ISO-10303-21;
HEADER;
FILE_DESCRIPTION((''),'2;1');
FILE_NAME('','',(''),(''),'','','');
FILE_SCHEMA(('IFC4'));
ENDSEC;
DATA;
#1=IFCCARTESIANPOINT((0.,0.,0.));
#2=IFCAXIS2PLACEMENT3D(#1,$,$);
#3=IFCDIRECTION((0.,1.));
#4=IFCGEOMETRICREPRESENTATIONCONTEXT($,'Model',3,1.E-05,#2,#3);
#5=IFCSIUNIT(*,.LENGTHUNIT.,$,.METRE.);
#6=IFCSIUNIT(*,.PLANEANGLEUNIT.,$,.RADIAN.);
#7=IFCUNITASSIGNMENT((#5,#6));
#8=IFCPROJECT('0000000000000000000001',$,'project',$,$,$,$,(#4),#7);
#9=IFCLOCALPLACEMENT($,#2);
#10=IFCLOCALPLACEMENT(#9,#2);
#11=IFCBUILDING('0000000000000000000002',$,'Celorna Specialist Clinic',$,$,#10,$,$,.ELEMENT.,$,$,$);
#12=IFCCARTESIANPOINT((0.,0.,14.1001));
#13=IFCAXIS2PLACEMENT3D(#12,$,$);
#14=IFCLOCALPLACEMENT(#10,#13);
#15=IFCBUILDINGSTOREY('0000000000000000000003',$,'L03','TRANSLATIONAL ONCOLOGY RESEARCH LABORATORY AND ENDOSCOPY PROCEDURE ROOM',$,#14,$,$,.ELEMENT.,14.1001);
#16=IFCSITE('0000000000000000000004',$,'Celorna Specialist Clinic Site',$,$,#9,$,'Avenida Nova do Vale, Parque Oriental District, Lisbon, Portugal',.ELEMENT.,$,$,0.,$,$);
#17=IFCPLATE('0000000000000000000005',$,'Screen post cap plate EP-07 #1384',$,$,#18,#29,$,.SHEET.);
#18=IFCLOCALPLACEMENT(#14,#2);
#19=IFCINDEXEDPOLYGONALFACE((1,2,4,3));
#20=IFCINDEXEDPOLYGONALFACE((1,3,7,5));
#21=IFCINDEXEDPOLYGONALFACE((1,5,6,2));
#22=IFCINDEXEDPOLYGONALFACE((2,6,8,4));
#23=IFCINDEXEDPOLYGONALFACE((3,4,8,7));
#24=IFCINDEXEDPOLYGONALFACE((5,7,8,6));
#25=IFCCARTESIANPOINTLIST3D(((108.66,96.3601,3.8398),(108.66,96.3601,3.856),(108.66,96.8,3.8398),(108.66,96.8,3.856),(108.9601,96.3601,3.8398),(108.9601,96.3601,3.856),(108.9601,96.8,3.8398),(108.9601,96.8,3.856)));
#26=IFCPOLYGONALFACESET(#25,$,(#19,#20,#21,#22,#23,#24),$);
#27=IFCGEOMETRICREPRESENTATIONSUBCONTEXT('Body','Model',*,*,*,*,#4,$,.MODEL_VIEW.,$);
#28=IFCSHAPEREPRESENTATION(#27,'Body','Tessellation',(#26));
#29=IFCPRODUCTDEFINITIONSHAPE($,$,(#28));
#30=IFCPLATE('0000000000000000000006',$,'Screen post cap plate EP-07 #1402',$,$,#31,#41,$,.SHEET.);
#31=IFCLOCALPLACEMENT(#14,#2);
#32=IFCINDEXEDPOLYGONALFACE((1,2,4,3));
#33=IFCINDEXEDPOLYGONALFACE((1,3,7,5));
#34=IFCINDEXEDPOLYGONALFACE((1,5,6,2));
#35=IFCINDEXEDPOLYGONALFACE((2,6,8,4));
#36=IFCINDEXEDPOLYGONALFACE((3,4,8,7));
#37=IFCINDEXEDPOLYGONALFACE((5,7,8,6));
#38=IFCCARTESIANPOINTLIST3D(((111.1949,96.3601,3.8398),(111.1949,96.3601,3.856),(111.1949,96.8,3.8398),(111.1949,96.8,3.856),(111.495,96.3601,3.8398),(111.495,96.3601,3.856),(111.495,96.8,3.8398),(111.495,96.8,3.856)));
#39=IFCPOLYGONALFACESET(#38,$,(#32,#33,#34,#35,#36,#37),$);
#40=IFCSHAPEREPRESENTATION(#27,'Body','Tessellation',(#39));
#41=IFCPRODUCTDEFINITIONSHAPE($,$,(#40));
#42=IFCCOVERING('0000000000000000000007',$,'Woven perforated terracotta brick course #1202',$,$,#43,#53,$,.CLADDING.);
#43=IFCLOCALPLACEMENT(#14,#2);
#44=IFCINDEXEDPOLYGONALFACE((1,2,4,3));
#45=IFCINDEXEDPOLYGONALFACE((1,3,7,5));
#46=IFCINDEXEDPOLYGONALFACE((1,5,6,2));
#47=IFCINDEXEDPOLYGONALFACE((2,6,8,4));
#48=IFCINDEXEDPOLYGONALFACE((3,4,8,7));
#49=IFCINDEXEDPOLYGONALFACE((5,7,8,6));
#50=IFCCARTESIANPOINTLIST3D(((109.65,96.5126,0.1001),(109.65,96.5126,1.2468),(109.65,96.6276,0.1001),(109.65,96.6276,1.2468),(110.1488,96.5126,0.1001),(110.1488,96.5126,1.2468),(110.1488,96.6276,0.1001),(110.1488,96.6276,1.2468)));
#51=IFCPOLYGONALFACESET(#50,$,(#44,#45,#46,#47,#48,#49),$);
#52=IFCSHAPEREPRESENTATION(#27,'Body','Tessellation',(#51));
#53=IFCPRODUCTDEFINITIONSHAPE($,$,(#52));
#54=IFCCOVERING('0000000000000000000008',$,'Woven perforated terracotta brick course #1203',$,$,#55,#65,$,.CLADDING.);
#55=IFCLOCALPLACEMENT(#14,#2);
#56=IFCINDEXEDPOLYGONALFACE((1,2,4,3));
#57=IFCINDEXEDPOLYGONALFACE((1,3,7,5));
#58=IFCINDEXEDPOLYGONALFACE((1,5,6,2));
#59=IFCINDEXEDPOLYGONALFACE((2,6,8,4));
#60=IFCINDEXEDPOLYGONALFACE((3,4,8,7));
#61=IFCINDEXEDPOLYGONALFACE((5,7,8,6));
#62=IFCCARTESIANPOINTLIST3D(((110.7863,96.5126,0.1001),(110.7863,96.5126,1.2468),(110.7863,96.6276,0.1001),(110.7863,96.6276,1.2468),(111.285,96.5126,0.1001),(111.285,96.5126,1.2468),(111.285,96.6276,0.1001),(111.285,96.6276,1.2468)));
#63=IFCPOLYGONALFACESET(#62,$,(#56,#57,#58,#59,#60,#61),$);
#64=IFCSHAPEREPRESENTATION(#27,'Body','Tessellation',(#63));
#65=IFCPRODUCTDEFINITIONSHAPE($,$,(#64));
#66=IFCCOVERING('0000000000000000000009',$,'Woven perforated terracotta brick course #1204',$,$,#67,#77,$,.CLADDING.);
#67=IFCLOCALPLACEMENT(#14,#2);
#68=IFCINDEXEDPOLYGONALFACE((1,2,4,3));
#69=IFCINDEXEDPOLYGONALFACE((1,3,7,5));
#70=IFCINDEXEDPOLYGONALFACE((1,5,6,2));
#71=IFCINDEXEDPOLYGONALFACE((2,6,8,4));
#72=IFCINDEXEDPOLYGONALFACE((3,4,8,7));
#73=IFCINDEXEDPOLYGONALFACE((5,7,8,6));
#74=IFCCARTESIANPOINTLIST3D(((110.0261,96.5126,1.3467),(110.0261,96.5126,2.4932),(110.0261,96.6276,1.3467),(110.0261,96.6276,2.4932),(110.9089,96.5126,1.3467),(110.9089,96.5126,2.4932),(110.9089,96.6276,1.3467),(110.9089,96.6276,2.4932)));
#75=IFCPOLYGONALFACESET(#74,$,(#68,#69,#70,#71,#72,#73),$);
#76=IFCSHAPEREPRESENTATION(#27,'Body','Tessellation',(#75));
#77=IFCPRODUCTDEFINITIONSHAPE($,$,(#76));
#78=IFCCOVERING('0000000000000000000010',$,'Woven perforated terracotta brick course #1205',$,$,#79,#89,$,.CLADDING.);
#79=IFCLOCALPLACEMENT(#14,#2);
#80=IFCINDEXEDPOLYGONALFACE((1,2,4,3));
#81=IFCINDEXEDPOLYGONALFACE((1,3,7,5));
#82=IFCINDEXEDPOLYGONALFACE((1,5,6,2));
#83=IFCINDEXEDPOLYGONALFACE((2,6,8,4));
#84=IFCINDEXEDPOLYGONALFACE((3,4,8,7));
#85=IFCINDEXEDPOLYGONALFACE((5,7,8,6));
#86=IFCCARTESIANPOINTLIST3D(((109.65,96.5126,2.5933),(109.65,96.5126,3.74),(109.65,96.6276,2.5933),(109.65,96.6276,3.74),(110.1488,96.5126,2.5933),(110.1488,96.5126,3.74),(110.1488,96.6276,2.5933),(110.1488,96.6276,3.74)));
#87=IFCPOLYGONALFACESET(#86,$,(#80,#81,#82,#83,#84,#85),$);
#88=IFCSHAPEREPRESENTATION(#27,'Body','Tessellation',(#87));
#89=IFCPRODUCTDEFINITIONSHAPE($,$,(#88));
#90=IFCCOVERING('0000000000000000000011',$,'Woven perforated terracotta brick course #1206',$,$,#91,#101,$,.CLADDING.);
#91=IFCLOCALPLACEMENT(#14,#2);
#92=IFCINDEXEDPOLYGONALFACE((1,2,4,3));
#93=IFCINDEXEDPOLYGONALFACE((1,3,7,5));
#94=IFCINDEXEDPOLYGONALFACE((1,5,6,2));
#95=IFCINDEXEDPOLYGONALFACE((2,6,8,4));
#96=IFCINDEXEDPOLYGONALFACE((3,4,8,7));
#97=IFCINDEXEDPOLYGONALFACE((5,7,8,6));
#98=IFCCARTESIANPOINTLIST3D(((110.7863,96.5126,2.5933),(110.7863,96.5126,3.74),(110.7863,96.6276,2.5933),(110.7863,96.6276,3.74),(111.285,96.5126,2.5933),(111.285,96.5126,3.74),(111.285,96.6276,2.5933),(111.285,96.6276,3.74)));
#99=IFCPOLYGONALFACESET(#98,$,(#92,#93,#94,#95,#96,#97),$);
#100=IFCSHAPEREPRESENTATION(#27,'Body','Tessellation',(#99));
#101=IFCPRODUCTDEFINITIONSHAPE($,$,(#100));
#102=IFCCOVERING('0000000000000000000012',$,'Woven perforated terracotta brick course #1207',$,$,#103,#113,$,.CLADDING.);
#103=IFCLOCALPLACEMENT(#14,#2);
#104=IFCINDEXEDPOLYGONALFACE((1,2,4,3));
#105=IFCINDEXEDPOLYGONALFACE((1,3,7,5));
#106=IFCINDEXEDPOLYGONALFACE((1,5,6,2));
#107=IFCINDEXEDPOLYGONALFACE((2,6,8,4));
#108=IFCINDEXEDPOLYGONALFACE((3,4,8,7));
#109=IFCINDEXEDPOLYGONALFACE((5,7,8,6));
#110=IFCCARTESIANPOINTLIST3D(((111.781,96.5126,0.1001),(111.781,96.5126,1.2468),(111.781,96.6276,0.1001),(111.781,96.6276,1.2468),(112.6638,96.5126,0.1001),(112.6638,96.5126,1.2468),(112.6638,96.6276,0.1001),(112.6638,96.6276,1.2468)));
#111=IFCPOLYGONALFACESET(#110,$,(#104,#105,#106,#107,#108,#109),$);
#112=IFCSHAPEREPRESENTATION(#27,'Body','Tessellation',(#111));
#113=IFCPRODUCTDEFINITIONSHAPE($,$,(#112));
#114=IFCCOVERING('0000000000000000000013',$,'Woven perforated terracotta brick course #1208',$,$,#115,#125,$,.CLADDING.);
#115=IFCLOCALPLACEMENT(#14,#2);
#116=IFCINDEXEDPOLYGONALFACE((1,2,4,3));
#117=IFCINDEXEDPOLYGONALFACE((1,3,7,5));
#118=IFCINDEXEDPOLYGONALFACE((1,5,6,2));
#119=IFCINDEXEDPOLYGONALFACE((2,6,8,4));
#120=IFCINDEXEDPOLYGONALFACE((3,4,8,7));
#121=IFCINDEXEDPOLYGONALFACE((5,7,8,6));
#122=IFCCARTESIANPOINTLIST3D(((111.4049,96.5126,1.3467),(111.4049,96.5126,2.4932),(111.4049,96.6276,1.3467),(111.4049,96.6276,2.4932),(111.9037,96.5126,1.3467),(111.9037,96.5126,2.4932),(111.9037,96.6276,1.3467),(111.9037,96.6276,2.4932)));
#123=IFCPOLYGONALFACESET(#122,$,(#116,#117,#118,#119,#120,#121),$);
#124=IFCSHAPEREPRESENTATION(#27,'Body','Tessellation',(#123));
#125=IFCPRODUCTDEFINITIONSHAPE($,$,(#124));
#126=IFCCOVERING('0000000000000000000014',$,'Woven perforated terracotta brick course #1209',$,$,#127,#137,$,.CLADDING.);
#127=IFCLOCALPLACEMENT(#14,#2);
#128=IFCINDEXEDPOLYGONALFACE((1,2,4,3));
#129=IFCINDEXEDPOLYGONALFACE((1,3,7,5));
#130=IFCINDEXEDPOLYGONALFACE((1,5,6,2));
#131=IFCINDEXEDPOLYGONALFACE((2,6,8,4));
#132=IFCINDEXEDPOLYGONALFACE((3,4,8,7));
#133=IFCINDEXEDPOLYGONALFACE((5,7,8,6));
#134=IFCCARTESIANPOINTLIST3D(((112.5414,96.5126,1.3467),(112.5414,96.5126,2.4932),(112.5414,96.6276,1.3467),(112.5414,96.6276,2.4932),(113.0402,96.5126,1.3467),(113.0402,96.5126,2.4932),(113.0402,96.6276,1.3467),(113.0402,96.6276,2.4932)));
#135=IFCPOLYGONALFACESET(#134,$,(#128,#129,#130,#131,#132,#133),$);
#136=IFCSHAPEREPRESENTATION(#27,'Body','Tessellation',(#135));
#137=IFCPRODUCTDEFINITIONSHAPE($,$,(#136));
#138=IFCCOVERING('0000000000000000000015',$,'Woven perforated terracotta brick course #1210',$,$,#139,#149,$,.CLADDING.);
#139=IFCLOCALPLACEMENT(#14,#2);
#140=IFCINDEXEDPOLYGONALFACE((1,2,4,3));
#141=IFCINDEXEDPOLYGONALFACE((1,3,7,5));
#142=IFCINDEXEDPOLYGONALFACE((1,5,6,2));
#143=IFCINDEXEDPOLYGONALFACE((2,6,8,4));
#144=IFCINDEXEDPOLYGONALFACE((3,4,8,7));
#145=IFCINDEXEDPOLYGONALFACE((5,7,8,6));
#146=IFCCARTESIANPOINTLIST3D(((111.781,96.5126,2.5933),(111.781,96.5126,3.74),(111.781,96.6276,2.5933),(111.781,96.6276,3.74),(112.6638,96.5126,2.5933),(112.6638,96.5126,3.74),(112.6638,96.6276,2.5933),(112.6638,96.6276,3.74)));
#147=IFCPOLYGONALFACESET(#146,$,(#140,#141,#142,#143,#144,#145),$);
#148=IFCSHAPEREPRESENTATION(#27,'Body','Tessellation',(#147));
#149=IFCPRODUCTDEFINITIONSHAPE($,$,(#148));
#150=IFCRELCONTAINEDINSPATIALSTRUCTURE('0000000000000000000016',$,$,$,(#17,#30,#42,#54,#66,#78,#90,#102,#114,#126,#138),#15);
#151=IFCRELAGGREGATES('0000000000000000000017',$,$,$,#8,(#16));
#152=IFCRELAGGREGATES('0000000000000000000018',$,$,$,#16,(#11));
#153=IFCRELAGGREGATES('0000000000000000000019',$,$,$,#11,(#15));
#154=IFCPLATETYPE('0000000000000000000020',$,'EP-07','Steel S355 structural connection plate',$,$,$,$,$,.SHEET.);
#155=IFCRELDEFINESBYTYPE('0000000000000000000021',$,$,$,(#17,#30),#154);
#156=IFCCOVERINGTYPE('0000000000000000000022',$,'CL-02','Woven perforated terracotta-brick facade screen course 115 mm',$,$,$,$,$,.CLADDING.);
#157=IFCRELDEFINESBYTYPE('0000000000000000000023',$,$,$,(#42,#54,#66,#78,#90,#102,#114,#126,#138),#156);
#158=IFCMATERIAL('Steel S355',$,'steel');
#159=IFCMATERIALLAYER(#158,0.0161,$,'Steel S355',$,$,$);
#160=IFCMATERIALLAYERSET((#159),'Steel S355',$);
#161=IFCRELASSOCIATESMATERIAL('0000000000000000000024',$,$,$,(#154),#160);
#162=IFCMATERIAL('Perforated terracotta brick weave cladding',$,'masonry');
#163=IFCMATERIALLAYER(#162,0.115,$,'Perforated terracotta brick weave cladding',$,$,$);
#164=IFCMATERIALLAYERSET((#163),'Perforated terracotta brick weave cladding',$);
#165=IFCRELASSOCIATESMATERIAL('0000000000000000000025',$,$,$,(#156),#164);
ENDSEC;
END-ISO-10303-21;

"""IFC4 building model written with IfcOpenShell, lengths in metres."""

from ifc_helpers import new_model, si_unit, direction, frame, origin, origin_2d, place, context, subcontext, project, spatial, rectangle, extrude, material, layer, layer_set, type_object, element, save


model = new_model("IFC4")

# Units and contexts
model_context = context("Model", 3, precision=1e-05, world=origin(), true_north=direction((0.0, 1.0)))
body_context = subcontext(model_context, "Body", "Model", "MODEL_VIEW")
ifc_project = project(units=[si_unit("LENGTHUNIT", "METRE"), si_unit("PLANEANGLEUNIT", "RADIAN")], contexts=[model_context])

# Site, building, storey
site_placement = place(None, origin())
site = spatial("IfcSite", under=ifc_project, at=site_placement, Name="Celorna Specialist Clinic Site", LongName="Avenida Nova do Vale, Parque Oriental District, Lisbon, Portugal", CompositionType="ELEMENT", RefElevation=0.0)
building_placement = place(site_placement, origin())
building = spatial("IfcBuilding", under=site, at=building_placement, Name="Celorna Specialist Clinic", CompositionType="ELEMENT")
storey_placement = place(building_placement, frame((0.0, 0.0, 14.1001)))
storey = spatial("IfcBuildingStorey", under=building, at=storey_placement, Name="L03", Description="TRANSLATIONAL ONCOLOGY RESEARCH LABORATORY AND ENDOSCOPY PROCEDURE ROOM", CompositionType="ELEMENT", Elevation=14.1001)

# Shared definitions
ifc_material_1 = material(Name="Steel S355", Category="steel")

# Plates
ifc_layer_1 = layer(ifc_material_1, 0.0161, Name="Steel S355")
ifc_layer_set_1 = layer_set([ifc_layer_1], Name="Steel S355")
plate_type_1 = type_object("IfcPlateType", Name="EP-07", Description="Steel S355 structural connection plate", PredefinedType="SHEET", material=ifc_layer_set_1)
for number, where, z_axis, x_axis, name in (
    (1, (108.8101, 96.5801, 3.8398), (0.0, 0.0, 1.0), (1.0, 0.0, 0.0), "Screen post cap plate EP-07 #1384"),
    (2, (111.345, 96.5801, 3.8398), (0.0, 0.0, 1.0), (1.0, 0.0, 0.0), "Screen post cap plate EP-07 #1402"),
):
    element("IfcPlate", number, at=place(storey_placement, frame(where, z_axis=z_axis, x_axis=x_axis)), inside=storey, type_object=plate_type_1, Name=name, PredefinedType="SHEET", context=body_context, shape_type="SweptSolid", body=[
        extrude(rectangle(XDim=0.3, YDim=0.4399, at=origin_2d()), origin(), (0.0, 0.0, 1.0), 0.0161),
    ])

# Coverings
ifc_material_2 = material(Name="Perforated terracotta brick weave cladding", Category="masonry")
ifc_layer_2 = layer(ifc_material_2, 0.115, Name="Perforated terracotta brick weave cladding")
ifc_layer_set_2 = layer_set([ifc_layer_2], Name="Perforated terracotta brick weave cladding")
covering_type = type_object("IfcCoveringType", Name="CL-02", Description="Woven perforated terracotta-brick facade screen course 115 mm", PredefinedType="CLADDING", material=ifc_layer_set_2)
for number, where, z_axis, x_axis, name in (
    (3, (109.8994, 96.5701, 0.1001), (0.0, 0.0, 1.0), (1.0, 0.0, 0.0), "Woven perforated terracotta brick course #1202"),
    (4, (111.0356, 96.5701, 0.1001), (0.0, 0.0, 1.0), (1.0, 0.0, 0.0), "Woven perforated terracotta brick course #1203"),
):
    element("IfcCovering", number, at=place(storey_placement, frame(where, z_axis=z_axis, x_axis=x_axis)), inside=storey, type_object=covering_type, Name=name, PredefinedType="CLADDING", context=body_context, shape_type="SweptSolid", body=[
        extrude(rectangle(XDim=0.4988, YDim=0.115, at=origin_2d()), origin(), (0.0, 0.0, 1.0), 1.1467),
    ])
covering_1_placement = place(storey_placement, frame((110.4675, 96.5701, 1.3467), z_axis=(0.0, 0.0, 1.0), x_axis=(1.0, 0.0, 0.0)))
element("IfcCovering", 5, at=covering_1_placement, inside=storey, type_object=covering_type, Name="Woven perforated terracotta brick course #1204", PredefinedType="CLADDING", context=body_context, shape_type="SweptSolid", body=[
    extrude(rectangle(XDim=0.8828, YDim=0.115, at=origin_2d()), origin(), (0.0, 0.0, 1.0), 1.1465),
])
for number, where, z_axis, x_axis, name in (
    (6, (109.8994, 96.5701, 2.5933), (0.0, 0.0, 1.0), (1.0, 0.0, 0.0), "Woven perforated terracotta brick course #1205"),
    (7, (111.0356, 96.5701, 2.5933), (0.0, 0.0, 1.0), (1.0, 0.0, 0.0), "Woven perforated terracotta brick course #1206"),
):
    element("IfcCovering", number, at=place(storey_placement, frame(where, z_axis=z_axis, x_axis=x_axis)), inside=storey, type_object=covering_type, Name=name, PredefinedType="CLADDING", context=body_context, shape_type="SweptSolid", body=[
        extrude(rectangle(XDim=0.4988, YDim=0.115, at=origin_2d()), origin(), (0.0, 0.0, 1.0), 1.1467),
    ])
covering_2_placement = place(storey_placement, frame((112.2224, 96.5701, 0.1001), z_axis=(0.0, 0.0, 1.0), x_axis=(1.0, 0.0, 0.0)))
element("IfcCovering", 8, at=covering_2_placement, inside=storey, type_object=covering_type, Name="Woven perforated terracotta brick course #1207", PredefinedType="CLADDING", context=body_context, shape_type="SweptSolid", body=[
    extrude(rectangle(XDim=0.8828, YDim=0.115, at=origin_2d()), origin(), (0.0, 0.0, 1.0), 1.1467),
])
for number, where, z_axis, x_axis, name in (
    (9, (111.6543, 96.5701, 1.3467), (0.0, 0.0, 1.0), (1.0, 0.0, 0.0), "Woven perforated terracotta brick course #1208"),
    (10, (112.7908, 96.5701, 1.3467), (0.0, 0.0, 1.0), (1.0, 0.0, 0.0), "Woven perforated terracotta brick course #1209"),
):
    element("IfcCovering", number, at=place(storey_placement, frame(where, z_axis=z_axis, x_axis=x_axis)), inside=storey, type_object=covering_type, Name=name, PredefinedType="CLADDING", context=body_context, shape_type="SweptSolid", body=[
        extrude(rectangle(XDim=0.4988, YDim=0.115, at=origin_2d()), origin(), (0.0, 0.0, 1.0), 1.1465),
    ])
covering_3_placement = place(storey_placement, frame((112.2224, 96.5701, 2.5933), z_axis=(0.0, 0.0, 1.0), x_axis=(1.0, 0.0, 0.0)))
element("IfcCovering", 11, at=covering_3_placement, inside=storey, type_object=covering_type, Name="Woven perforated terracotta brick course #1210", PredefinedType="CLADDING", context=body_context, shape_type="SweptSolid", body=[
    extrude(rectangle(XDim=0.8828, YDim=0.115, at=origin_2d()), origin(), (0.0, 0.0, 1.0), 1.1467),
])

save(model, "model.ifc")
